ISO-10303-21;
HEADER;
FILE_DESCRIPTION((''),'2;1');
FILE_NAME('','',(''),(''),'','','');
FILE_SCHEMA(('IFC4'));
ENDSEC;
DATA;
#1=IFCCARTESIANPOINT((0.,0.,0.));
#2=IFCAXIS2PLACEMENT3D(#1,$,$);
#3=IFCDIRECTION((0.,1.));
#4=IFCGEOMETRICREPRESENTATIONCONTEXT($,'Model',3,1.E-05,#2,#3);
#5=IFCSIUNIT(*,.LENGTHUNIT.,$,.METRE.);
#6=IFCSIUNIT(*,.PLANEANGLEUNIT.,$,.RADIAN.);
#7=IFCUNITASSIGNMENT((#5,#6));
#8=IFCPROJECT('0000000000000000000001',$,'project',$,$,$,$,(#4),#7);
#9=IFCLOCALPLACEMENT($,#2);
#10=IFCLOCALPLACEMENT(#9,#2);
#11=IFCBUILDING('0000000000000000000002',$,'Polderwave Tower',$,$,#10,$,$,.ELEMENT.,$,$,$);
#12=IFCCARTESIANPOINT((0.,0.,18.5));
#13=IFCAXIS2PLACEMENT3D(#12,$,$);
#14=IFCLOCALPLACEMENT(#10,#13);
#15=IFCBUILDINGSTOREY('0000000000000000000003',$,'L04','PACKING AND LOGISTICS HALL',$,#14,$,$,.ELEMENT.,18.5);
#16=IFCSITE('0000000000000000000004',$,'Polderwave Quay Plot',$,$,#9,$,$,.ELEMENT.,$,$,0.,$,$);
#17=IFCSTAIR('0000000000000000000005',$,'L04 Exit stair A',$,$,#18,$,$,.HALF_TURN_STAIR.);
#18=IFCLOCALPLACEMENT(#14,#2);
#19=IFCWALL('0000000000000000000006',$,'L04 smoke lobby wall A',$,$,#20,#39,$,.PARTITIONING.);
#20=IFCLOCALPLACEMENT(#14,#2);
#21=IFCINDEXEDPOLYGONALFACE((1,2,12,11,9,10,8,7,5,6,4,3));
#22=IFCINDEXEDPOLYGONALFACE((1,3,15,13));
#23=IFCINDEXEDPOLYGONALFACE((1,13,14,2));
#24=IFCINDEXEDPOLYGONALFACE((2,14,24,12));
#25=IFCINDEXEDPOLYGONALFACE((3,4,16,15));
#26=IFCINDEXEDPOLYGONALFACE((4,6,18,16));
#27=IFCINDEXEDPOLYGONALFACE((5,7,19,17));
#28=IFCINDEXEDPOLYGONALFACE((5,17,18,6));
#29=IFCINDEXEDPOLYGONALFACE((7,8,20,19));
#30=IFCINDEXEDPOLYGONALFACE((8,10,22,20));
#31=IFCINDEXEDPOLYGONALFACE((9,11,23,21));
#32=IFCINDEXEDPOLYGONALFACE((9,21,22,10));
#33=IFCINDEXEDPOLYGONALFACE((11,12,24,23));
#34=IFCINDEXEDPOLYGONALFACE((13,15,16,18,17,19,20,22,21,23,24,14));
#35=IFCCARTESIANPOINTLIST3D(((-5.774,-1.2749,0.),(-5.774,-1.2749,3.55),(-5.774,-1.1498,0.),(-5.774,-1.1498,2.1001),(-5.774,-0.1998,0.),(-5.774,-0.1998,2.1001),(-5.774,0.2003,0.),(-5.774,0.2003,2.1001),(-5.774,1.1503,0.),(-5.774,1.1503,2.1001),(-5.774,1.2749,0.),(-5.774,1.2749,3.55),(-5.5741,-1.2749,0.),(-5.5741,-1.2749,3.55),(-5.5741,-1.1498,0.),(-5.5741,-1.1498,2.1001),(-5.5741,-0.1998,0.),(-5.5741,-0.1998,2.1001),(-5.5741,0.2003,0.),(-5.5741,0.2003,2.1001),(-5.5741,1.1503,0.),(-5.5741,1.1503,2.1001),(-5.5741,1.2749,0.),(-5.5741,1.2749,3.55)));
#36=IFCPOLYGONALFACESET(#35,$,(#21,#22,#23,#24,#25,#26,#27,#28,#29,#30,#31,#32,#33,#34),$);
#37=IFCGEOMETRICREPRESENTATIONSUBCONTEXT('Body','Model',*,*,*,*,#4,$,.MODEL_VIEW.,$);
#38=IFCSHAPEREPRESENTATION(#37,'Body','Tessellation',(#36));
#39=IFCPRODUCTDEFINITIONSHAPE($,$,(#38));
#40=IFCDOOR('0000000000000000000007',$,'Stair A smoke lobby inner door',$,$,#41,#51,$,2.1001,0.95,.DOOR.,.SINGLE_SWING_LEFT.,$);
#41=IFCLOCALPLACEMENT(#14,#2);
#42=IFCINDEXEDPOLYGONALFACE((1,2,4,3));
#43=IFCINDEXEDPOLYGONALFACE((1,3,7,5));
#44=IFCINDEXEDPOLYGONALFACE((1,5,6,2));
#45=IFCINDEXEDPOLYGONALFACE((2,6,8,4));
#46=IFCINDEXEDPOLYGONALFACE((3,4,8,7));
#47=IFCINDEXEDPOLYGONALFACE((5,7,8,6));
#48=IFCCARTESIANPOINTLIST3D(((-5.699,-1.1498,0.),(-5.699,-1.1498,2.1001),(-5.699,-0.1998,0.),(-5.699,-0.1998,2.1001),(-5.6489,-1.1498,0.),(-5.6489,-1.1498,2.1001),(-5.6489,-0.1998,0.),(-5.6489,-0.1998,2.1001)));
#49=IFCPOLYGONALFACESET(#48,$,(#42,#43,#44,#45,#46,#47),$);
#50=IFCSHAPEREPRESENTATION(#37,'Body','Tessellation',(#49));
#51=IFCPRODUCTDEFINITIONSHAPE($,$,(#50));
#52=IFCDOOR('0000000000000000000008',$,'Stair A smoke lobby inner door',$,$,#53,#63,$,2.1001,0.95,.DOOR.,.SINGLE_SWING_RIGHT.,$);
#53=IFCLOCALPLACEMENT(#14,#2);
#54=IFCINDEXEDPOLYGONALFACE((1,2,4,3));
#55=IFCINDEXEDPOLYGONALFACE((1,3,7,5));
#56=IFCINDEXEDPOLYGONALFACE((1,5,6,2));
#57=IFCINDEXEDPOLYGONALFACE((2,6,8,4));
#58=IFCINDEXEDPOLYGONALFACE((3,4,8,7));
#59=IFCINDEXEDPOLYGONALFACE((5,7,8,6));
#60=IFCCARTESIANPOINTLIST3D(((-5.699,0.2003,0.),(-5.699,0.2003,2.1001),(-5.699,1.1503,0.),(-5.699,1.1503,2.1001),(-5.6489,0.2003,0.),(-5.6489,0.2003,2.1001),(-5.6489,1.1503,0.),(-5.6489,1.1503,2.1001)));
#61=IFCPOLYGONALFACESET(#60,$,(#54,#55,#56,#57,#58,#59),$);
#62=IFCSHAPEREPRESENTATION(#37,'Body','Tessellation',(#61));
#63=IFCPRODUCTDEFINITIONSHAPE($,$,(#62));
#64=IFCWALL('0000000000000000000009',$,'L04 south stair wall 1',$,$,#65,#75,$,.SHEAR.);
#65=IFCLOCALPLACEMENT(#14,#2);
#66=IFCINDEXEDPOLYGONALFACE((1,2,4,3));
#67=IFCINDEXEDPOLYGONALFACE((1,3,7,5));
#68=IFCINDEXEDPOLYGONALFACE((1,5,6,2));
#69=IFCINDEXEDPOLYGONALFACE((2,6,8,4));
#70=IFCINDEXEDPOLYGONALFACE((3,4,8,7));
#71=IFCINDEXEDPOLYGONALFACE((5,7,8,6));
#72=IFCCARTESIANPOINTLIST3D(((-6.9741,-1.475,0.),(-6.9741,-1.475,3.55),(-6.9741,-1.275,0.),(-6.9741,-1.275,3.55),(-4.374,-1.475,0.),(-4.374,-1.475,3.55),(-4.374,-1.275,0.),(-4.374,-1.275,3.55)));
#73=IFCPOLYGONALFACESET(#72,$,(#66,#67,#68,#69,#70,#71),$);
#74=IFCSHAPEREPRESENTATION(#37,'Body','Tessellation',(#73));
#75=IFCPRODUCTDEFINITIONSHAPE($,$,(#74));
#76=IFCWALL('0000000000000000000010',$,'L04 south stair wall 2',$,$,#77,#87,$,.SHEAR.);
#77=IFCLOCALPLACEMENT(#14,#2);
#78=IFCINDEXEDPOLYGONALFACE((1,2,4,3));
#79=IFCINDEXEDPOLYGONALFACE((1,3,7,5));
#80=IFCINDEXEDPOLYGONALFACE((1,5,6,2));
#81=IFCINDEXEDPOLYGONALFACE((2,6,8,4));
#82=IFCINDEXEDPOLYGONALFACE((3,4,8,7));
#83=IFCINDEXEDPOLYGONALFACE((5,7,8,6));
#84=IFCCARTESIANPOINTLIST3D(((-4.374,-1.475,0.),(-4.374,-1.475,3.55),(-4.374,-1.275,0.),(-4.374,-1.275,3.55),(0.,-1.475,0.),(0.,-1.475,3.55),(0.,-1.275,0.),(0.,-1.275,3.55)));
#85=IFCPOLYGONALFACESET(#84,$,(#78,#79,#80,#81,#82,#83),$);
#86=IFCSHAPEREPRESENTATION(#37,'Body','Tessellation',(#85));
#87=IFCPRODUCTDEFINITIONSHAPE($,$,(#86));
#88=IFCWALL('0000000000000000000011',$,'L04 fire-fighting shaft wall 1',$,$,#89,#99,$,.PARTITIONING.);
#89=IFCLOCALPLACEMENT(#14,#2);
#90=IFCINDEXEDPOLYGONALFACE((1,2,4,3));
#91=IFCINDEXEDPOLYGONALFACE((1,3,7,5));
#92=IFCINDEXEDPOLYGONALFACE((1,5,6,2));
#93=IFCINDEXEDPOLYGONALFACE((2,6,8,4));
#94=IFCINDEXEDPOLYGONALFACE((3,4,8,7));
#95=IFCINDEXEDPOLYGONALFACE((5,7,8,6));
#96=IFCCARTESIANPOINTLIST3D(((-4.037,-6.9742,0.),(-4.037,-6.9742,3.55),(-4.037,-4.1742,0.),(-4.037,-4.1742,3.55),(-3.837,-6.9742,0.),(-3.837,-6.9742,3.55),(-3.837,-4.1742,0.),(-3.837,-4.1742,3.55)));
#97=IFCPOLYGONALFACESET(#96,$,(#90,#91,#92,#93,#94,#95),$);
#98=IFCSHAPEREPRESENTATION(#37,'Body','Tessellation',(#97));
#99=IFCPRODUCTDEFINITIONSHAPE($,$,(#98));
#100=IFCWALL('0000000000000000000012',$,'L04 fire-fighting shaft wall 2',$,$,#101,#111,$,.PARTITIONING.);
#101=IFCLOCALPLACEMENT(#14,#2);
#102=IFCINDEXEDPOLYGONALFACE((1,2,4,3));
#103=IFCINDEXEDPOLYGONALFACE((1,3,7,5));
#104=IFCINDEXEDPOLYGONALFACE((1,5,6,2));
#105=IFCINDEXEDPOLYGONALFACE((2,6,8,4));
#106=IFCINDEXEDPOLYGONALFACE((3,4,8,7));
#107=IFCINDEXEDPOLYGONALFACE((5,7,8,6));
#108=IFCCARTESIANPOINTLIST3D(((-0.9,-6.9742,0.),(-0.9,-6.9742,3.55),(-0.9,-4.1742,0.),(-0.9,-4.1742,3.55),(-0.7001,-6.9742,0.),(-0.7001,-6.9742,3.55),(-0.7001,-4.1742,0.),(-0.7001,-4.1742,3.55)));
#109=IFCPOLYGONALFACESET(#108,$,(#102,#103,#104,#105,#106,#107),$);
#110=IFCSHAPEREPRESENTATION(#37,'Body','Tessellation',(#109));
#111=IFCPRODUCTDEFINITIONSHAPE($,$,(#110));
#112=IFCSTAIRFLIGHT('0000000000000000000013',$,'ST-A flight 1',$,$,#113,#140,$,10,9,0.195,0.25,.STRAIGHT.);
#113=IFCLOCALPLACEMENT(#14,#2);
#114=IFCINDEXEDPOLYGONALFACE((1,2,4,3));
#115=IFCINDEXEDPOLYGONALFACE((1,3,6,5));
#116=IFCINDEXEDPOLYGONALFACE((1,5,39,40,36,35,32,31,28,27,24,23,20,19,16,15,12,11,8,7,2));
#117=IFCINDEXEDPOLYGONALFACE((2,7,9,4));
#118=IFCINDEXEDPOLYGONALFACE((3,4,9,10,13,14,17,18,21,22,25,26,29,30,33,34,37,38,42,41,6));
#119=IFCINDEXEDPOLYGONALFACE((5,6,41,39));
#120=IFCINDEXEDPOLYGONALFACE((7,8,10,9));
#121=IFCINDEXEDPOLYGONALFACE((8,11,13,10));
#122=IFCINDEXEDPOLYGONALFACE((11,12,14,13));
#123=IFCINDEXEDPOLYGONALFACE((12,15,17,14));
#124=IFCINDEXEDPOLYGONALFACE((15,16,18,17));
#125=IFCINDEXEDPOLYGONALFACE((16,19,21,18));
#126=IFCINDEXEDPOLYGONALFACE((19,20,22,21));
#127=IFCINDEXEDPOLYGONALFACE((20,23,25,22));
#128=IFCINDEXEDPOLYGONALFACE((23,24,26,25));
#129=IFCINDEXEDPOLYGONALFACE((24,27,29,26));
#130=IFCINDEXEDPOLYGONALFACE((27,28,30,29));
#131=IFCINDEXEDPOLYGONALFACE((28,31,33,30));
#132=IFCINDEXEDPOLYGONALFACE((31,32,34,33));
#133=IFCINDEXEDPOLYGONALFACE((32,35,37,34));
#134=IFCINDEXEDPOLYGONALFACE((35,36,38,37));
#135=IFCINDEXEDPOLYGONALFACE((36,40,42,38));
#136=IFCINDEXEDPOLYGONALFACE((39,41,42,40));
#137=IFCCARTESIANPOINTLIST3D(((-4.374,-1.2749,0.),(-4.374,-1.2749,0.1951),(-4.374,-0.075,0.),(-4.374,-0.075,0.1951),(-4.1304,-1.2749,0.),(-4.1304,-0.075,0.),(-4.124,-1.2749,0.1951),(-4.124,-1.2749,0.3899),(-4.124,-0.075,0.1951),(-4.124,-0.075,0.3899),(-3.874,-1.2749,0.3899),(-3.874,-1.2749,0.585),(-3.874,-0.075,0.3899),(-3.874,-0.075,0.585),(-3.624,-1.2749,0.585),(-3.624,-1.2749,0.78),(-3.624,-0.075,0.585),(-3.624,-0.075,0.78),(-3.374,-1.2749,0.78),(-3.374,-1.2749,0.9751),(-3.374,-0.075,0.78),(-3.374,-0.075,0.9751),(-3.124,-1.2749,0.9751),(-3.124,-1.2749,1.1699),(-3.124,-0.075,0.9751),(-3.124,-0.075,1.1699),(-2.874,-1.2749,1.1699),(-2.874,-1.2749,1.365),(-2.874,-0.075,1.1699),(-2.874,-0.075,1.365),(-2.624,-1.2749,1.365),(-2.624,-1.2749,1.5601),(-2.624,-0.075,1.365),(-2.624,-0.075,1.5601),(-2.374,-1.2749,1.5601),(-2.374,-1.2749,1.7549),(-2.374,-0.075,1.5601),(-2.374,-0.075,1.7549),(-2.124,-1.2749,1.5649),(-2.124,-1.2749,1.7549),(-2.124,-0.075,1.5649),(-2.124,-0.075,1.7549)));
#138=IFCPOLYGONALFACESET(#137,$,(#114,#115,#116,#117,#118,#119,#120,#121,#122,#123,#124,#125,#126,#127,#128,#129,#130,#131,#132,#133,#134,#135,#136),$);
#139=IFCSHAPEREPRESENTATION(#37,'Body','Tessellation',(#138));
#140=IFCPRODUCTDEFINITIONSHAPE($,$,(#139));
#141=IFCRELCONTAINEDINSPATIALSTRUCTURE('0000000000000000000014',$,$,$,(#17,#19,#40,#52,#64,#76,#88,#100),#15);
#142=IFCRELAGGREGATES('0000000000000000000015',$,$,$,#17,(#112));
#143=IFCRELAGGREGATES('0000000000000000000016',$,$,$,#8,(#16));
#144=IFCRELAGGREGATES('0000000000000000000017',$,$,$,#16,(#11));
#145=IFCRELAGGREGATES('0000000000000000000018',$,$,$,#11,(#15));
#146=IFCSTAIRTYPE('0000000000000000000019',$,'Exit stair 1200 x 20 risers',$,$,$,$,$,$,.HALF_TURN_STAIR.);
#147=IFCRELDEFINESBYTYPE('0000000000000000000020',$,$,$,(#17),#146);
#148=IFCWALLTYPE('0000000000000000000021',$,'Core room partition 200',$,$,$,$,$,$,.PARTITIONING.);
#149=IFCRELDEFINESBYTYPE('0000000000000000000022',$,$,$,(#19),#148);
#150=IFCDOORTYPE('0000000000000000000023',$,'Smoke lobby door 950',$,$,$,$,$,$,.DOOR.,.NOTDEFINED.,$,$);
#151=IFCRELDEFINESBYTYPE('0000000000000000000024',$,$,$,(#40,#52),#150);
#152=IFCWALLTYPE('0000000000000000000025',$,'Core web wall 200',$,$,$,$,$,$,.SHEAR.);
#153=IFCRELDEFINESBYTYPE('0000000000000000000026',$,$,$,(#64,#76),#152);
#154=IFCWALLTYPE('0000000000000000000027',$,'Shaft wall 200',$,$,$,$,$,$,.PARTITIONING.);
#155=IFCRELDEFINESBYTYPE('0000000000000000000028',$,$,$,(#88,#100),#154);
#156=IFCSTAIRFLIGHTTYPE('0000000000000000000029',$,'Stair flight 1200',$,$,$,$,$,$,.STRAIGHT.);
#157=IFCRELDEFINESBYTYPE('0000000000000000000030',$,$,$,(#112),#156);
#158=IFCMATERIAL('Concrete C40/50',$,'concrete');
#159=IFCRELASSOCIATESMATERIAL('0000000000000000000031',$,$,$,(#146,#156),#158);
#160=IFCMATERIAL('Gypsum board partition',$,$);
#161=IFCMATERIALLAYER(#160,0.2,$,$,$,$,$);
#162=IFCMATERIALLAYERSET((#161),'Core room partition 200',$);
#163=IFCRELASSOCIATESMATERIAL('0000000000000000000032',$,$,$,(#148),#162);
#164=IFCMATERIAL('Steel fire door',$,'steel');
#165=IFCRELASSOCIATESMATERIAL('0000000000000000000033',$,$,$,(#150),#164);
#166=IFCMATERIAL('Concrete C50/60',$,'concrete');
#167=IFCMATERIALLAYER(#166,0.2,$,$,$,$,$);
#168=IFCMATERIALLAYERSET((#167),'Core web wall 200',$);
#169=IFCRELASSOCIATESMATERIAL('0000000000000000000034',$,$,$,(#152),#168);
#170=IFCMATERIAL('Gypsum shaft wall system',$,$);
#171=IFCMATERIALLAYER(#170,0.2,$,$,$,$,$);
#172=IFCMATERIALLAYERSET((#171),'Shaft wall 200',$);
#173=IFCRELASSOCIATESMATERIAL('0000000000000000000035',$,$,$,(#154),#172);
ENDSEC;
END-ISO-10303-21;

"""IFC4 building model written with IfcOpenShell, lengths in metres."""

from ifc_helpers import new_model, si_unit, direction, frame, frame_2d, origin, place, context, subcontext, project, spatial, polyline, rectangle, outline, extrude, material, layer, layer_set, type_object, element, fill, aggregate, save


model = new_model("IFC4")

# Units and contexts
model_context = context("Model", 3, precision=1e-05, world=origin(), true_north=direction((0.0, 1.0)))
body_context = subcontext(model_context, "Body", "Model", "MODEL_VIEW")
ifc_project = project(units=[si_unit("LENGTHUNIT", "METRE"), si_unit("PLANEANGLEUNIT", "RADIAN")], contexts=[model_context])

# Site, building, storey
site_placement = place(None, origin())
site = spatial("IfcSite", under=ifc_project, at=site_placement, Name="Polderwave Quay Plot", CompositionType="ELEMENT", RefElevation=0.0)
building_placement = place(site_placement, origin())
building = spatial("IfcBuilding", under=site, at=building_placement, Name="Polderwave Tower", CompositionType="ELEMENT")
storey_placement = place(building_placement, frame((0.0, 0.0, 18.5)))
storey = spatial("IfcBuildingStorey", under=building, at=storey_placement, Name="L04", Description="PACKING AND LOGISTICS HALL", CompositionType="ELEMENT", Elevation=18.5)

# Shared definitions
ifc_material_1 = material(Name="Concrete C40/50", Category="concrete")

# Stair
stair_type = type_object("IfcStairType", Name="Exit stair 1200 x 20 risers", PredefinedType="HALF_TURN_STAIR", material=ifc_material_1)
stair_placement = place(storey_placement, origin())
stair = element("IfcStair", 1, at=stair_placement, inside=storey, type_object=stair_type, Name="L04 Exit stair A", PredefinedType="HALF_TURN_STAIR")

# Shared definitions
ifc_material_2 = material(Name="Gypsum board partition")
ifc_layer_1 = layer(ifc_material_2, 0.2)
ifc_layer_set_1 = layer_set([ifc_layer_1], Name="Core room partition 200")
wall_type_1 = type_object("IfcWallType", Name="Core room partition 200", PredefinedType="PARTITIONING", material=ifc_layer_set_1)
ifc_material_3 = material(Name="Steel fire door", Category="steel")

# Wall, openings, doors
wall_1_placement = place(storey_placement, frame((-5.6741, -1.2749, 0.0), z_axis=(0.0, 0.0, 1.0), x_axis=(0.0, 1.0, 0.0)))
wall_1 = element("IfcWall", 2, at=wall_1_placement, inside=storey, type_object=wall_type_1, Name="L04 smoke lobby wall A", PredefinedType="PARTITIONING", context=body_context, shape_type="SweptSolid", body=[
    extrude(rectangle(XDim=2.5498, YDim=0.2, at=frame_2d((1.2749, 0.0))), origin(), (0.0, 0.0, 1.0), 3.55),
])
opening_1_placement = place(wall_1_placement, frame((0.125, 0.0, 0.0)))
opening_1 = element("IfcOpeningElement", 3, at=opening_1_placement, cuts=wall_1, PredefinedType="OPENING", context=body_context, shape_type="SweptSolid", body=[
    extrude(rectangle(XDim=0.95, YDim=2.1001, at=frame_2d((0.4751, 1.05))), frame((0.0, 0.1099, 0.0), z_axis=(0.0, -1.0, 0.0), x_axis=(1.0, 0.0, 0.0)), (0.0, 0.0, 1.0), 0.22),
])
opening_2_placement = place(wall_1_placement, frame((1.4751, 0.0, 0.0)))
opening_2 = element("IfcOpeningElement", 4, at=opening_2_placement, cuts=wall_1, PredefinedType="OPENING", context=body_context, shape_type="SweptSolid", body=[
    extrude(rectangle(XDim=0.95, YDim=2.1001, at=frame_2d((0.4751, 1.05))), frame((0.0, 0.1099, 0.0), z_axis=(0.0, -1.0, 0.0), x_axis=(1.0, 0.0, 0.0)), (0.0, 0.0, 1.0), 0.22),
])
door_type_1 = type_object("IfcDoorType", Name="Smoke lobby door 950", OperationType="NOTDEFINED", PredefinedType="DOOR", material=ifc_material_3)
door_1_placement = place(opening_1_placement, origin())
door_1 = element("IfcDoor", 5, at=door_1_placement, inside=storey, type_object=door_type_1, Name="Stair A smoke lobby inner door", OperationType="SINGLE_SWING_LEFT", OverallHeight=2.1001, OverallWidth=0.95, PredefinedType="DOOR", context=body_context, shape_type="SweptSolid", body=[
    extrude(rectangle(XDim=0.95, YDim=2.1001, at=frame_2d((0.4751, 1.05))), frame((0.0, 0.0249, 0.0), z_axis=(0.0, -1.0, 0.0), x_axis=(1.0, 0.0, 0.0)), (0.0, 0.0, 1.0), 0.05),
])
fill(opening_1, door_1)
door_2_placement = place(opening_2_placement, origin())
door_2 = element("IfcDoor", 6, at=door_2_placement, inside=storey, type_object=door_type_1, Name="Stair A smoke lobby inner door", OperationType="SINGLE_SWING_RIGHT", OverallHeight=2.1001, OverallWidth=0.95, PredefinedType="DOOR", context=body_context, shape_type="SweptSolid", body=[
    extrude(rectangle(XDim=0.95, YDim=2.1001, at=frame_2d((0.4751, 1.05))), frame((0.0, 0.0249, 0.0), z_axis=(0.0, -1.0, 0.0), x_axis=(1.0, 0.0, 0.0)), (0.0, 0.0, 1.0), 0.05),
])
fill(opening_2, door_2)

# Walls
ifc_material_4 = material(Name="Concrete C50/60", Category="concrete")
ifc_layer_2 = layer(ifc_material_4, 0.2)
ifc_layer_set_2 = layer_set([ifc_layer_2], Name="Core web wall 200")
wall_type_2 = type_object("IfcWallType", Name="Core web wall 200", PredefinedType="SHEAR", material=ifc_layer_set_2)
wall_2_placement = place(storey_placement, frame((-6.9741, -1.375, 0.0), z_axis=(0.0, 0.0, 1.0), x_axis=(1.0, 0.0, 0.0)))
element("IfcWall", 7, at=wall_2_placement, inside=storey, type_object=wall_type_2, Name="L04 south stair wall 1", PredefinedType="SHEAR", context=body_context, shape_type="SweptSolid", body=[
    extrude(rectangle(XDim=2.6001, YDim=0.2, at=frame_2d((1.3, 0.0))), origin(), (0.0, 0.0, 1.0), 3.55),
])
wall_3_placement = place(storey_placement, frame((-4.374, -1.375, 0.0), z_axis=(0.0, 0.0, 1.0), x_axis=(1.0, 0.0, 0.0)))
element("IfcWall", 8, at=wall_3_placement, inside=storey, type_object=wall_type_2, Name="L04 south stair wall 2", PredefinedType="SHEAR", context=body_context, shape_type="SweptSolid", body=[
    extrude(rectangle(XDim=4.374, YDim=0.2, at=frame_2d((2.187, 0.0))), origin(), (0.0, 0.0, 1.0), 3.55),
])
ifc_material_5 = material(Name="Gypsum shaft wall system")
ifc_layer_3 = layer(ifc_material_5, 0.2)
ifc_layer_set_3 = layer_set([ifc_layer_3], Name="Shaft wall 200")
wall_type_3 = type_object("IfcWallType", Name="Shaft wall 200", PredefinedType="PARTITIONING", material=ifc_layer_set_3)
for number, where, z_axis, x_axis, name in (
    (9, (-3.937, -6.9741, 0.0), (0.0, 0.0, 1.0), (0.0, 1.0, 0.0), "L04 fire-fighting shaft wall 1"),
    (10, (-0.8, -6.9741, 0.0), (0.0, 0.0, 1.0), (0.0, 1.0, 0.0), "L04 fire-fighting shaft wall 2"),
):
    element("IfcWall", number, at=place(storey_placement, frame(where, z_axis=z_axis, x_axis=x_axis)), inside=storey, type_object=wall_type_3, Name=name, PredefinedType="PARTITIONING", context=body_context, shape_type="SweptSolid", body=[
        extrude(rectangle(XDim=2.8, YDim=0.2, at=frame_2d((1.3999, 0.0))), origin(), (0.0, 0.0, 1.0), 3.55),
    ])

# Stair flight
stair_flight_type = type_object("IfcStairFlightType", Name="Stair flight 1200", PredefinedType="STRAIGHT", material=ifc_material_1)
stair_flight_placement = place(storey_placement, frame((-4.374, -0.675, 0.0), z_axis=(0.0, 0.0, 1.0), x_axis=(1.0, 0.0, 0.0)))
stair_flight = element("IfcStairFlight", 11, at=stair_flight_placement, type_object=stair_flight_type, Name="ST-A flight 1", NumberOfRisers=10, NumberOfTreads=9, PredefinedType="STRAIGHT", RiserHeight=0.195, TreadLength=0.25, context=body_context, shape_type="SweptSolid", body=[
    extrude(outline(polyline([(0.0, 0.0), (0.0, 0.1951), (0.25, 0.1951), (0.25, 0.3899), (0.5, 0.3899), (0.5, 0.585), (0.75, 0.585), (0.75, 0.78), (1.0, 0.78), (1.0, 0.9751), (1.25, 0.9751), (1.25, 1.1699), (1.5, 1.1699), (1.5, 1.365), (1.75, 1.365), (1.75, 1.5601), (2.0, 1.5601), (2.0, 1.7549), (2.25, 1.7549), (2.25, 1.95), (2.25, 1.5649), (0.2437, 0.0), (0.0, 0.0)])), frame((0.0, 0.6001, 0.0), z_axis=(0.0, -1.0, 0.0), x_axis=(1.0, 0.0, 0.0)), (0.0, 0.0, 1.0), 1.2),
])
aggregate(stair, [stair_flight])

save(model, "model.ifc")
